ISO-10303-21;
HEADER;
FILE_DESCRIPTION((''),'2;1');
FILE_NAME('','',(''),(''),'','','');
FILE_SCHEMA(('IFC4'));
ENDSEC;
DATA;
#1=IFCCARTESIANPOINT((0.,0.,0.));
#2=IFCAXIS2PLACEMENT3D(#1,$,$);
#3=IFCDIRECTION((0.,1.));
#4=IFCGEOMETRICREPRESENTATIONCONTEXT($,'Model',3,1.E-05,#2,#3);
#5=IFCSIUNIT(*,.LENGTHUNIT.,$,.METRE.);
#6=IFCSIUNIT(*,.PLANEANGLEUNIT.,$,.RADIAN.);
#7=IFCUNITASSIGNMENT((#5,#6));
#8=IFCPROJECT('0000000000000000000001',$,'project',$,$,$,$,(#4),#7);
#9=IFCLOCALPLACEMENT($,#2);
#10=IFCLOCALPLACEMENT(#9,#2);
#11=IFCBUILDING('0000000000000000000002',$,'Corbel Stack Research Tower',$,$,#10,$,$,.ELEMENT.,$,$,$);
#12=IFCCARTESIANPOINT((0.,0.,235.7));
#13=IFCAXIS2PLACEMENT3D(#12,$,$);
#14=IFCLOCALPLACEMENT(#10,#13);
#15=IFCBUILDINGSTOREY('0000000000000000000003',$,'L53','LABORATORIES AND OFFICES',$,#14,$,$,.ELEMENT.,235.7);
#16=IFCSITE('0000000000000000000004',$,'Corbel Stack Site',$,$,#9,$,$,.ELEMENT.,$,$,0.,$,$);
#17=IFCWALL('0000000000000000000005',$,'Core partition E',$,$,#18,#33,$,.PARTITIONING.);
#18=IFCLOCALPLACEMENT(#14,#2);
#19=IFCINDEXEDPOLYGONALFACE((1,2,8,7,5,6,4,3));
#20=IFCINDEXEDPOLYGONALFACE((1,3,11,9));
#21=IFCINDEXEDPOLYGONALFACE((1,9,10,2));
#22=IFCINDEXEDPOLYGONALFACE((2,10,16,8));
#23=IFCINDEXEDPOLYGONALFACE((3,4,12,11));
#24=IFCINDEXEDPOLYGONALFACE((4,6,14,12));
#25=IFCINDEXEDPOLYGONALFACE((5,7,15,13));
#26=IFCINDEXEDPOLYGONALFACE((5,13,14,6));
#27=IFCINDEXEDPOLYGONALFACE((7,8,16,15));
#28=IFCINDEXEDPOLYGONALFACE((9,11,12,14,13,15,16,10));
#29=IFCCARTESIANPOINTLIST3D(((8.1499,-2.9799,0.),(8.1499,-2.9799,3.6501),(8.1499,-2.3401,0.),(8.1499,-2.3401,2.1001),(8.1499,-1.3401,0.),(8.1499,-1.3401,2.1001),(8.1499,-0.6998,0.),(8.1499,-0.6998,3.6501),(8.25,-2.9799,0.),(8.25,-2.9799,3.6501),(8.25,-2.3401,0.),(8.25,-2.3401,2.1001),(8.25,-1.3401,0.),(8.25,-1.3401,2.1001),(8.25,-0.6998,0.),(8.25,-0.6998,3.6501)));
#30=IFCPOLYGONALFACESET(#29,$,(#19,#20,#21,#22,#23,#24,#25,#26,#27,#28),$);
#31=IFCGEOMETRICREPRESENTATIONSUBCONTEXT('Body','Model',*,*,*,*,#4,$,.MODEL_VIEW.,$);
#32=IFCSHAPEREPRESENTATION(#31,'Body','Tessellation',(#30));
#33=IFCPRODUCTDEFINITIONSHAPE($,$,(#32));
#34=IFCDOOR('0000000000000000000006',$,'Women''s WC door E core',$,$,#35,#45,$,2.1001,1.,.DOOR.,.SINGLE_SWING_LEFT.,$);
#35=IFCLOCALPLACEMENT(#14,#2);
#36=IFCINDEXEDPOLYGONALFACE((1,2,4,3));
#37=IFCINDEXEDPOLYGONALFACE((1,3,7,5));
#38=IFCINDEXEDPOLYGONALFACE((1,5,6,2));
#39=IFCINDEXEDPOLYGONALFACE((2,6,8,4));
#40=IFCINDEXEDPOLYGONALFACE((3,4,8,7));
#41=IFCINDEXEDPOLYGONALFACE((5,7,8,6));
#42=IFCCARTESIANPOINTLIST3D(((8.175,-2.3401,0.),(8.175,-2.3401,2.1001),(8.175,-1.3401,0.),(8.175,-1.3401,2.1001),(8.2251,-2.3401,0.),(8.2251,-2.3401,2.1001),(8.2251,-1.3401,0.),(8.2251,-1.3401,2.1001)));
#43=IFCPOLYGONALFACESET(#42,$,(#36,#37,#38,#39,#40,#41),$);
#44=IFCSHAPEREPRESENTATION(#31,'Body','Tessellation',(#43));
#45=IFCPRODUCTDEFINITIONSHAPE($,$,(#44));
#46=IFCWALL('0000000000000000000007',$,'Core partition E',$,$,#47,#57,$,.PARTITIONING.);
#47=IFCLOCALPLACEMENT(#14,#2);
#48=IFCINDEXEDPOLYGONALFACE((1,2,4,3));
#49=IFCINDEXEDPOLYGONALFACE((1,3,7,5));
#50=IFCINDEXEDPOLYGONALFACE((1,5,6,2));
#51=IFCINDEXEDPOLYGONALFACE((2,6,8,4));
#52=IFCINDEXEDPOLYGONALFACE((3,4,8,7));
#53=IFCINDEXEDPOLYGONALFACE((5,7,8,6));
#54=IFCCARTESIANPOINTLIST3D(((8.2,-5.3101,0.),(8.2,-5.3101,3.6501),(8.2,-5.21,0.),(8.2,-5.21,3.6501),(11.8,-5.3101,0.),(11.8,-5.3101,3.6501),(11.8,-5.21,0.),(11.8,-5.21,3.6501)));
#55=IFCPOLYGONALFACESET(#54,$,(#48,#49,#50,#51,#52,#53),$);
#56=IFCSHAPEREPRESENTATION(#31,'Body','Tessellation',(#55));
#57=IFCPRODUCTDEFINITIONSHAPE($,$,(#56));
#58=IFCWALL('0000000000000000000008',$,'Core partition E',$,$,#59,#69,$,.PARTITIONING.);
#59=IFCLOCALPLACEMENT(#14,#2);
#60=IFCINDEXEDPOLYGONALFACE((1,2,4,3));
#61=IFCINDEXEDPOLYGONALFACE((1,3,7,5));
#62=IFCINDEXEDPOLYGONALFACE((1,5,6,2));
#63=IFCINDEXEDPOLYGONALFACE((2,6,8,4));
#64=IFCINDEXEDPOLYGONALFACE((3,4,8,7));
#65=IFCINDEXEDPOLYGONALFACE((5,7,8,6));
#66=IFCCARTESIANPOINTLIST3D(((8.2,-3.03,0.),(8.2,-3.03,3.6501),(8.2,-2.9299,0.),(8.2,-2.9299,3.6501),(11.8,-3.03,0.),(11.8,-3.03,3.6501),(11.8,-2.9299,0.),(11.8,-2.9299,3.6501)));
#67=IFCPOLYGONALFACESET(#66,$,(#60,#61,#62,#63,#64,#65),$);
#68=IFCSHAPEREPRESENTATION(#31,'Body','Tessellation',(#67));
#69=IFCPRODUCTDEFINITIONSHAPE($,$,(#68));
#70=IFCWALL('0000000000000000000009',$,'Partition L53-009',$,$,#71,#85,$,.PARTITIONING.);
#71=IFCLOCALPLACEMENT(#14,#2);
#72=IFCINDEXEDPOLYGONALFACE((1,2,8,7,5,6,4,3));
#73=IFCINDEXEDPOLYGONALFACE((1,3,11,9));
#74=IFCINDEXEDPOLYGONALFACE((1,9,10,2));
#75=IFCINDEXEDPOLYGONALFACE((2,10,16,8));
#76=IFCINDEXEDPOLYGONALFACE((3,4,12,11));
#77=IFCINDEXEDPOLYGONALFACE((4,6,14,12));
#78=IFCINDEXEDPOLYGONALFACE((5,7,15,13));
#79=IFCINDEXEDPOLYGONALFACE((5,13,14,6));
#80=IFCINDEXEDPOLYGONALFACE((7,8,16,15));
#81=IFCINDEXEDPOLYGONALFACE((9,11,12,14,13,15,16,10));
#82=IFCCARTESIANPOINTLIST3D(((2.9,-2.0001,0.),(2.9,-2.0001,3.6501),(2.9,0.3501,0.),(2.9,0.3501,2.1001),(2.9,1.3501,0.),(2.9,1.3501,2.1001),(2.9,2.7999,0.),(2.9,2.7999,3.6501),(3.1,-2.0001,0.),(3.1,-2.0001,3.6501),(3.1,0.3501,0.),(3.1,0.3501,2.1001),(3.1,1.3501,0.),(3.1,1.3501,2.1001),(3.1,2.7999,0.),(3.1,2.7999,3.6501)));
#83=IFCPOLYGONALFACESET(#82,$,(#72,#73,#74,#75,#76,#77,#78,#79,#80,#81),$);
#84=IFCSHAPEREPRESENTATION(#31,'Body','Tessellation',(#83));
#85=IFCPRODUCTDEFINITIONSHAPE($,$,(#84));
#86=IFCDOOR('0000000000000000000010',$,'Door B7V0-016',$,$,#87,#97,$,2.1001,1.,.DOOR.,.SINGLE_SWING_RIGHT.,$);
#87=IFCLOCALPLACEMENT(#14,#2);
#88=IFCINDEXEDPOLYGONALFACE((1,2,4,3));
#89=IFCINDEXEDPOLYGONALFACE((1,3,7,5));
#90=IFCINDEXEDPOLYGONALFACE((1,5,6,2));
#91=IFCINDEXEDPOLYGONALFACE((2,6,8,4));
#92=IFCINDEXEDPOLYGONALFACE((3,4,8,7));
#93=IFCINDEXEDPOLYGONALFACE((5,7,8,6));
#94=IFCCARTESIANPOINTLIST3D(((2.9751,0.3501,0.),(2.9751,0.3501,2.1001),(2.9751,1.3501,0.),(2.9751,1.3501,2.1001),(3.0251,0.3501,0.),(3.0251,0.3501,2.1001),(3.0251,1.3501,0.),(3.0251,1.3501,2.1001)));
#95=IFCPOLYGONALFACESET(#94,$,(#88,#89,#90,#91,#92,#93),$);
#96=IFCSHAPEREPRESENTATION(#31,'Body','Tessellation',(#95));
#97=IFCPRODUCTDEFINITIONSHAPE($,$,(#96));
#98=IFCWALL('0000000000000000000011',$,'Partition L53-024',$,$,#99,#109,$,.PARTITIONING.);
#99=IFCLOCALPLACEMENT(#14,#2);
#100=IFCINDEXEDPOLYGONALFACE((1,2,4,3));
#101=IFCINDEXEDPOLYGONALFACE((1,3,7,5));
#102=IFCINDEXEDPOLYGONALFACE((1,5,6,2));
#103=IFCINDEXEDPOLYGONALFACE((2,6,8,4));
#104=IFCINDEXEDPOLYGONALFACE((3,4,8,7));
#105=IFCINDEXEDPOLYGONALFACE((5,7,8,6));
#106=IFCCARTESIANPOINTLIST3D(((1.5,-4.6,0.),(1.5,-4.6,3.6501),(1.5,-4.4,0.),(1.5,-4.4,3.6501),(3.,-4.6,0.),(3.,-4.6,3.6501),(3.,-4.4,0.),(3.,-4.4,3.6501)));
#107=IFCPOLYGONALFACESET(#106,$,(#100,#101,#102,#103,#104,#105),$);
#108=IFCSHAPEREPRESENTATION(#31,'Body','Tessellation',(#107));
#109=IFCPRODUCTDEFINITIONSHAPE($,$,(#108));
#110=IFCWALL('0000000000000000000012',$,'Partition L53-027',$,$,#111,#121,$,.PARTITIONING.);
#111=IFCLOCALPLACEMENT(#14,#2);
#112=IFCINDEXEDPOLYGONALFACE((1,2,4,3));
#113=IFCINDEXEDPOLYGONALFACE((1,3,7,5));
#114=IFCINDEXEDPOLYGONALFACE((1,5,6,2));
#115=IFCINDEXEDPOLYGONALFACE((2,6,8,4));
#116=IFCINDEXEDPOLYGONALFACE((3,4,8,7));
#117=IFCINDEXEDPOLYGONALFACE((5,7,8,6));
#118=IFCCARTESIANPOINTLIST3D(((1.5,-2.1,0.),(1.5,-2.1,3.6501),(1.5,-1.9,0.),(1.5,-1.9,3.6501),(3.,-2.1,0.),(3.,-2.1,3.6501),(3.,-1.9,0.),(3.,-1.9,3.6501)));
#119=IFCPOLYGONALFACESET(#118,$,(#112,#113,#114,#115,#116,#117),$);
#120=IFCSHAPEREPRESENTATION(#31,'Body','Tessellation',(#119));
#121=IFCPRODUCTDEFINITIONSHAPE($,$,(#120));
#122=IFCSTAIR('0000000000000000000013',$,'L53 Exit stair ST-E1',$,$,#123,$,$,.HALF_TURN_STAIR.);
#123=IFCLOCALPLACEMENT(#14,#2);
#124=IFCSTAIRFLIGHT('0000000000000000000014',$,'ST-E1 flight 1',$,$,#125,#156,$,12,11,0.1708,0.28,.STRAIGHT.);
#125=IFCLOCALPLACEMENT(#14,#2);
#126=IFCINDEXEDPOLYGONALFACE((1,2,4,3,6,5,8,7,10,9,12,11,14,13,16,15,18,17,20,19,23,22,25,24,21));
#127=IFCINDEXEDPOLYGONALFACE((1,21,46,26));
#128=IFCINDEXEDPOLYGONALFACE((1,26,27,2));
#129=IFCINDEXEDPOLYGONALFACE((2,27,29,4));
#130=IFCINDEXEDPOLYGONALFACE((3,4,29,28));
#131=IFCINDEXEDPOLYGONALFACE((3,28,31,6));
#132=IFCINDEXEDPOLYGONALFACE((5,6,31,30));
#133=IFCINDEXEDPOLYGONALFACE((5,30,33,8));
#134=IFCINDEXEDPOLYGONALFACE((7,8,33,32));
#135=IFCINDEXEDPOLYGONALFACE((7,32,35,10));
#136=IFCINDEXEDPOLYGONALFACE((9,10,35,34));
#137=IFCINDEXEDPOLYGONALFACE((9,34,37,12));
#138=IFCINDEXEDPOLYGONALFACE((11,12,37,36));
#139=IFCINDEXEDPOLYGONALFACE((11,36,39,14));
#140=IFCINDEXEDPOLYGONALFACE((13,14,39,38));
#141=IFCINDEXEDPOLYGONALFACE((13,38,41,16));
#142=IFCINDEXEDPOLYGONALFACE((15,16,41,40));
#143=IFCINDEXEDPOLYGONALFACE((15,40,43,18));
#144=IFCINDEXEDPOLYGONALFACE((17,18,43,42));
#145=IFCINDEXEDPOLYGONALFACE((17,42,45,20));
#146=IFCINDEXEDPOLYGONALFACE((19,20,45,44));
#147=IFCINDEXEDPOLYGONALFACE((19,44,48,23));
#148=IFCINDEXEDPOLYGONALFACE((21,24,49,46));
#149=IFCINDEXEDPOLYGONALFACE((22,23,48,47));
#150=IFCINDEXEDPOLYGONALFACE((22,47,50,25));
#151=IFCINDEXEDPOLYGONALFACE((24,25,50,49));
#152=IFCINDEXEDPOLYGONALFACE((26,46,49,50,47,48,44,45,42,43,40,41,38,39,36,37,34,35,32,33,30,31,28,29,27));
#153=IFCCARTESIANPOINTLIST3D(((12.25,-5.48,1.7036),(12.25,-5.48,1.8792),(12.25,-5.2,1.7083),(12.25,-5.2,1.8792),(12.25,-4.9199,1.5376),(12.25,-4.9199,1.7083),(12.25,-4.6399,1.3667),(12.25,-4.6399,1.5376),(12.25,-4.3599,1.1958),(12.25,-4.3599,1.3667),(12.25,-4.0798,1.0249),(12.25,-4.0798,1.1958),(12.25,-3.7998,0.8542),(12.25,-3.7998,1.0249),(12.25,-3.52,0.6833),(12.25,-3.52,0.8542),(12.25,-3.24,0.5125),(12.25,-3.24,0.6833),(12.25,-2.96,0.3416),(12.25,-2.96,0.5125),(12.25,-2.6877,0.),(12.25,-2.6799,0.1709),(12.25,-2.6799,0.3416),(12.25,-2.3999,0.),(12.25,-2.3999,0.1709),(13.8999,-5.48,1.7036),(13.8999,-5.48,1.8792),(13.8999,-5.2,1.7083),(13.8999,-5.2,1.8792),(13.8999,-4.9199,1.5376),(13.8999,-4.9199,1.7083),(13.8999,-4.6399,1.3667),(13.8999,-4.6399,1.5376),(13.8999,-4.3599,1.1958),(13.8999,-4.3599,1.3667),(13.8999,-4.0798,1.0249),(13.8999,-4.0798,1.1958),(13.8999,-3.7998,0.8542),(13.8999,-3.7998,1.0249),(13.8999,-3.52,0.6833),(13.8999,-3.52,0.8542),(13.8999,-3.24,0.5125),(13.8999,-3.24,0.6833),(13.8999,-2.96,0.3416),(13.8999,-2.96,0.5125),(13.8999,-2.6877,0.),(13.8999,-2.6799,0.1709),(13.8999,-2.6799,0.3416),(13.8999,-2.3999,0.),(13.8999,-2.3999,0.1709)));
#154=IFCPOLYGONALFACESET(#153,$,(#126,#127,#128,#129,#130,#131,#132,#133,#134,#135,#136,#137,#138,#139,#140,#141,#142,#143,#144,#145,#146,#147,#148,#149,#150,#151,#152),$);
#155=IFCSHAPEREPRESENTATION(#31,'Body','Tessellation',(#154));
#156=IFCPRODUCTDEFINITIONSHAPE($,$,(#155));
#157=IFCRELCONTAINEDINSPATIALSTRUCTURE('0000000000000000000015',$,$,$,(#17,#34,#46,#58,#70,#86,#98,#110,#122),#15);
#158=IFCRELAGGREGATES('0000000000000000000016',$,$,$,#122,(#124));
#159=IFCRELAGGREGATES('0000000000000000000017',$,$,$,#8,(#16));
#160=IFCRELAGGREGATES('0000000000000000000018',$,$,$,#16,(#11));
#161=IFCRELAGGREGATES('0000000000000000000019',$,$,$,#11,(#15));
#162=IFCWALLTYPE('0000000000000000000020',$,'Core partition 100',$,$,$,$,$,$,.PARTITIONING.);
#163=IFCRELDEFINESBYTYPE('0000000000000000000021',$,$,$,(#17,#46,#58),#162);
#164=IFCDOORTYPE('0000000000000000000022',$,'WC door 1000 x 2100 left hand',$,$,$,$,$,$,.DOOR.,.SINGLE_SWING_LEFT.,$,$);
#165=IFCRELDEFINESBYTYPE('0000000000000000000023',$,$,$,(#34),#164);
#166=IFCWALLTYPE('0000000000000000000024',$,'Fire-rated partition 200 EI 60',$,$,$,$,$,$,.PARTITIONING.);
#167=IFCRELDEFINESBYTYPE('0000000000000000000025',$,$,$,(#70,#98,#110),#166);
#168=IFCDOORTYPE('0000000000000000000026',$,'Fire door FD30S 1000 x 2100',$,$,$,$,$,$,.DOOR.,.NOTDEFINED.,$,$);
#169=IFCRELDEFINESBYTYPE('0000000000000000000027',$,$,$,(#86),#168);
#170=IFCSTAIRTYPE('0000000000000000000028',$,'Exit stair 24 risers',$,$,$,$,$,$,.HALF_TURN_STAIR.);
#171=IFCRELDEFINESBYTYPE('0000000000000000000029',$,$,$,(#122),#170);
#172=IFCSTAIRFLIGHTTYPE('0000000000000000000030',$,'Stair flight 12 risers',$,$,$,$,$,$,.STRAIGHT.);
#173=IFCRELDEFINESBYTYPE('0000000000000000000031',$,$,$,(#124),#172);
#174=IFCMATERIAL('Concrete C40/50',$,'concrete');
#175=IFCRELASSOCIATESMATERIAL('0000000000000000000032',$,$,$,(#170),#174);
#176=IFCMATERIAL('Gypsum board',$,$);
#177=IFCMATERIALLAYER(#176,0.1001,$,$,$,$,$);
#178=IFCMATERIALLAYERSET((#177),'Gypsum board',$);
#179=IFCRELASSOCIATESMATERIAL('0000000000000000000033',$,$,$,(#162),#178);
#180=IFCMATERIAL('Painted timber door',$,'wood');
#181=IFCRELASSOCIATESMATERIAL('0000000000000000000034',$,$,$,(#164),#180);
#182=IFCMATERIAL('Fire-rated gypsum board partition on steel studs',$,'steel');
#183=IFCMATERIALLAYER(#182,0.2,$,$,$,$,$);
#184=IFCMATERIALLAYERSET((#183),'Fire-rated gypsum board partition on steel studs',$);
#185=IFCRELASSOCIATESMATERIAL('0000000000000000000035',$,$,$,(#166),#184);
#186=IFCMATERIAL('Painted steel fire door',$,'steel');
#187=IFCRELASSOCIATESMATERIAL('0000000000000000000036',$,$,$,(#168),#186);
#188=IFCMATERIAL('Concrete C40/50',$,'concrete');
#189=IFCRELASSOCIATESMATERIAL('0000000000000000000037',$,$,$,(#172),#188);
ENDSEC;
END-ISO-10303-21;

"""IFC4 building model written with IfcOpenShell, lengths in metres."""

from ifc_helpers import new_model, si_unit, direction, frame, frame_2d, origin, place, context, subcontext, project, spatial, polyline, rectangle, outline, extrude, material, layer, layer_set, type_object, element, fill, aggregate, save


model = new_model("IFC4")

# Units and contexts
model_context = context("Model", 3, precision=1e-05, world=origin(), true_north=direction((0.0, 1.0)))
body_context = subcontext(model_context, "Body", "Model", "MODEL_VIEW")
ifc_project = project(units=[si_unit("LENGTHUNIT", "METRE"), si_unit("PLANEANGLEUNIT", "RADIAN")], contexts=[model_context])

# Site, building, storey
site_placement = place(None, origin())
site = spatial("IfcSite", under=ifc_project, at=site_placement, Name="Corbel Stack Site", CompositionType="ELEMENT", RefElevation=0.0)
building_placement = place(site_placement, origin())
building = spatial("IfcBuilding", under=site, at=building_placement, Name="Corbel Stack Research Tower", CompositionType="ELEMENT")
storey_placement = place(building_placement, frame((0.0, 0.0, 235.7)))
storey = spatial("IfcBuildingStorey", under=building, at=storey_placement, Name="L53", Description="LABORATORIES AND OFFICES", CompositionType="ELEMENT", Elevation=235.7)

# Shared definitions
ifc_material_1 = material(Name="Concrete C40/50", Category="concrete")
stair_type = type_object("IfcStairType", Name="Exit stair 24 risers", PredefinedType="HALF_TURN_STAIR", material=ifc_material_1)

# Wall, opening, door
ifc_material_2 = material(Name="Gypsum board")
ifc_layer_1 = layer(ifc_material_2, 0.1001)
ifc_layer_set_1 = layer_set([ifc_layer_1], Name="Gypsum board")
wall_type_1 = type_object("IfcWallType", Name="Core partition 100", PredefinedType="PARTITIONING", material=ifc_layer_set_1)
ifc_material_3 = material(Name="Painted timber door", Category="wood")
door_type_1 = type_object("IfcDoorType", Name="WC door 1000 x 2100 left hand", OperationType="SINGLE_SWING_LEFT", PredefinedType="DOOR", material=ifc_material_3)
wall_1_placement = place(storey_placement, frame((8.2, -2.98, 0.0), z_axis=(0.0, 0.0, 1.0), x_axis=(0.0, 1.0, 0.0)))
wall_1 = element("IfcWall", 1, at=wall_1_placement, inside=storey, type_object=wall_type_1, Name="Core partition E", PredefinedType="PARTITIONING", context=body_context, shape_type="SweptSolid", body=[
    extrude(rectangle(XDim=2.28, YDim=0.1001, at=frame_2d((1.1401, 0.0))), origin(), (0.0, 0.0, 1.0), 3.6501),
])
opening_1_placement = place(wall_1_placement, frame((0.6399, 0.0, 0.0)))
opening_1 = element("IfcOpeningElement", 2, at=opening_1_placement, cuts=wall_1, PredefinedType="OPENING", context=body_context, shape_type="SweptSolid", body=[
    extrude(rectangle(XDim=1.0, YDim=2.1001, at=frame_2d((0.5, 1.05))), frame((0.0, 0.0601, 0.0), z_axis=(0.0, -1.0, 0.0), x_axis=(1.0, 0.0, 0.0)), (0.0, 0.0, 1.0), 0.1201),
])
door_1_placement = place(opening_1_placement, origin())
door_1 = element("IfcDoor", 3, at=door_1_placement, inside=storey, type_object=door_type_1, Name="Women's WC door E core", OperationType="SINGLE_SWING_LEFT", OverallHeight=2.1001, OverallWidth=1.0, PredefinedType="DOOR", context=body_context, shape_type="SweptSolid", body=[
    extrude(rectangle(XDim=1.0, YDim=2.1001, at=frame_2d((0.5, 1.05))), frame((0.0, 0.0249, 0.0), z_axis=(0.0, -1.0, 0.0), x_axis=(1.0, 0.0, 0.0)), (0.0, 0.0, 1.0), 0.05),
])
fill(opening_1, door_1)

# Walls
for number, where, z_axis, x_axis, name in (
    (4, (8.2, -5.26, 0.0), (0.0, 0.0, 1.0), (1.0, 0.0, 0.0), "Core partition E"),
    (5, (8.2, -2.98, 0.0), (0.0, 0.0, 1.0), (1.0, 0.0, 0.0), "Core partition E"),
):
    element("IfcWall", number, at=place(storey_placement, frame(where, z_axis=z_axis, x_axis=x_axis)), inside=storey, type_object=wall_type_1, Name=name, PredefinedType="PARTITIONING", context=body_context, shape_type="SweptSolid", body=[
        extrude(rectangle(XDim=3.6001, YDim=0.1001, at=frame_2d((1.8, 0.0))), origin(), (0.0, 0.0, 1.0), 3.6501),
    ])

# Wall, opening, door
ifc_material_4 = material(Name="Fire-rated gypsum board partition on steel studs", Category="steel")
ifc_layer_2 = layer(ifc_material_4, 0.2)
ifc_layer_set_2 = layer_set([ifc_layer_2], Name="Fire-rated gypsum board partition on steel studs")
wall_type_2 = type_object("IfcWallType", Name="Fire-rated partition 200 EI 60", PredefinedType="PARTITIONING", material=ifc_layer_set_2)
wall_2_placement = place(storey_placement, frame((3.0, -2.0, 0.0), z_axis=(0.0, 0.0, 1.0), x_axis=(0.0, 1.0, 0.0)))
wall_2 = element("IfcWall", 6, at=wall_2_placement, inside=storey, type_object=wall_type_2, Name="Partition L53-009", PredefinedType="PARTITIONING", context=body_context, shape_type="SweptSolid", body=[
    extrude(rectangle(XDim=4.8, YDim=0.2, at=frame_2d((2.3999, 0.0))), origin(), (0.0, 0.0, 1.0), 3.6501),
])
opening_2_placement = place(wall_2_placement, frame((2.3501, 0.0, 0.0)))
opening_2 = element("IfcOpeningElement", 7, at=opening_2_placement, cuts=wall_2, PredefinedType="OPENING", context=body_context, shape_type="SweptSolid", body=[
    extrude(rectangle(XDim=1.0, YDim=2.1001, at=frame_2d((0.5, 1.05))), frame((0.0, 0.1099, 0.0), z_axis=(0.0, -1.0, 0.0), x_axis=(1.0, 0.0, 0.0)), (0.0, 0.0, 1.0), 0.22),
])
ifc_material_5 = material(Name="Painted steel fire door", Category="steel")
door_type_2 = type_object("IfcDoorType", Name="Fire door FD30S 1000 x 2100", OperationType="NOTDEFINED", PredefinedType="DOOR", material=ifc_material_5)
door_2_placement = place(opening_2_placement, origin())
door_2 = element("IfcDoor", 8, at=door_2_placement, inside=storey, type_object=door_type_2, Name="Door B7V0-016", OperationType="SINGLE_SWING_RIGHT", OverallHeight=2.1001, OverallWidth=1.0, PredefinedType="DOOR", context=body_context, shape_type="SweptSolid", body=[
    extrude(rectangle(XDim=1.0, YDim=2.1001, at=frame_2d((0.5, 1.05))), frame((0.0, 0.0249, 0.0), z_axis=(0.0, -1.0, 0.0), x_axis=(1.0, 0.0, 0.0)), (0.0, 0.0, 1.0), 0.05),
])
fill(opening_2, door_2)

# Walls
for number, where, z_axis, x_axis, name in (
    (9, (1.5, -4.5, 0.0), (0.0, 0.0, 1.0), (1.0, 0.0, 0.0), "Partition L53-024"),
    (10, (1.5, -2.0, 0.0), (0.0, 0.0, 1.0), (1.0, 0.0, 0.0), "Partition L53-027"),
):
    element("IfcWall", number, at=place(storey_placement, frame(where, z_axis=z_axis, x_axis=x_axis)), inside=storey, type_object=wall_type_2, Name=name, PredefinedType="PARTITIONING", context=body_context, shape_type="SweptSolid", body=[
        extrude(rectangle(XDim=1.5, YDim=0.2, at=frame_2d((0.75, 0.0))), origin(), (0.0, 0.0, 1.0), 3.6501),
    ])

# Stair, stair flight
stair_1_placement = place(storey_placement, origin())
stair_1 = element("IfcStair", 11, at=stair_1_placement, inside=storey, type_object=stair_type, Name="L53 Exit stair ST-E1", PredefinedType="HALF_TURN_STAIR")
ifc_material_6 = material(Name="Concrete C40/50", Category="concrete")
stair_flight_type = type_object("IfcStairFlightType", Name="Stair flight 12 risers", PredefinedType="STRAIGHT", material=ifc_material_6)
stair_flight_placement = place(storey_placement, frame((13.075, -2.3999, 0.0), z_axis=(0.0, 0.0, 1.0), x_axis=(0.0, -1.0, 0.0)))
stair_flight = element("IfcStairFlight", 12, at=stair_flight_placement, type_object=stair_flight_type, Name="ST-E1 flight 1", NumberOfRisers=12, NumberOfTreads=11, PredefinedType="STRAIGHT", RiserHeight=0.1708, TreadLength=0.28, context=body_context, shape_type="SweptSolid", body=[
    extrude(outline(polyline([(0.0, 0.0), (0.0, 0.1709), (0.28, 0.1709), (0.28, 0.3416), (0.5601, 0.3416), (0.5601, 0.5125), (0.8401, 0.5125), (0.8401, 0.6833), (1.1201, 0.6833), (1.1201, 0.8542), (1.3999, 0.8542), (1.3999, 1.0249), (1.6799, 1.0249), (1.6799, 1.1958), (1.96, 1.1958), (1.96, 1.3667), (2.24, 1.3667), (2.24, 1.5376), (2.52, 1.5376), (2.52, 1.7083), (2.8, 1.7083), (2.8, 1.8792), (3.0801, 1.8792), (3.0801, 2.05), (3.0801, 1.7036), (0.2878, 0.0), (0.0, 0.0)])), frame((0.0, 0.825, 0.0), z_axis=(0.0, -1.0, 0.0), x_axis=(1.0, 0.0, 0.0)), (0.0, 0.0, 1.0), 1.6499),
])
aggregate(stair_1, [stair_flight])

save(model, "model.ifc")
